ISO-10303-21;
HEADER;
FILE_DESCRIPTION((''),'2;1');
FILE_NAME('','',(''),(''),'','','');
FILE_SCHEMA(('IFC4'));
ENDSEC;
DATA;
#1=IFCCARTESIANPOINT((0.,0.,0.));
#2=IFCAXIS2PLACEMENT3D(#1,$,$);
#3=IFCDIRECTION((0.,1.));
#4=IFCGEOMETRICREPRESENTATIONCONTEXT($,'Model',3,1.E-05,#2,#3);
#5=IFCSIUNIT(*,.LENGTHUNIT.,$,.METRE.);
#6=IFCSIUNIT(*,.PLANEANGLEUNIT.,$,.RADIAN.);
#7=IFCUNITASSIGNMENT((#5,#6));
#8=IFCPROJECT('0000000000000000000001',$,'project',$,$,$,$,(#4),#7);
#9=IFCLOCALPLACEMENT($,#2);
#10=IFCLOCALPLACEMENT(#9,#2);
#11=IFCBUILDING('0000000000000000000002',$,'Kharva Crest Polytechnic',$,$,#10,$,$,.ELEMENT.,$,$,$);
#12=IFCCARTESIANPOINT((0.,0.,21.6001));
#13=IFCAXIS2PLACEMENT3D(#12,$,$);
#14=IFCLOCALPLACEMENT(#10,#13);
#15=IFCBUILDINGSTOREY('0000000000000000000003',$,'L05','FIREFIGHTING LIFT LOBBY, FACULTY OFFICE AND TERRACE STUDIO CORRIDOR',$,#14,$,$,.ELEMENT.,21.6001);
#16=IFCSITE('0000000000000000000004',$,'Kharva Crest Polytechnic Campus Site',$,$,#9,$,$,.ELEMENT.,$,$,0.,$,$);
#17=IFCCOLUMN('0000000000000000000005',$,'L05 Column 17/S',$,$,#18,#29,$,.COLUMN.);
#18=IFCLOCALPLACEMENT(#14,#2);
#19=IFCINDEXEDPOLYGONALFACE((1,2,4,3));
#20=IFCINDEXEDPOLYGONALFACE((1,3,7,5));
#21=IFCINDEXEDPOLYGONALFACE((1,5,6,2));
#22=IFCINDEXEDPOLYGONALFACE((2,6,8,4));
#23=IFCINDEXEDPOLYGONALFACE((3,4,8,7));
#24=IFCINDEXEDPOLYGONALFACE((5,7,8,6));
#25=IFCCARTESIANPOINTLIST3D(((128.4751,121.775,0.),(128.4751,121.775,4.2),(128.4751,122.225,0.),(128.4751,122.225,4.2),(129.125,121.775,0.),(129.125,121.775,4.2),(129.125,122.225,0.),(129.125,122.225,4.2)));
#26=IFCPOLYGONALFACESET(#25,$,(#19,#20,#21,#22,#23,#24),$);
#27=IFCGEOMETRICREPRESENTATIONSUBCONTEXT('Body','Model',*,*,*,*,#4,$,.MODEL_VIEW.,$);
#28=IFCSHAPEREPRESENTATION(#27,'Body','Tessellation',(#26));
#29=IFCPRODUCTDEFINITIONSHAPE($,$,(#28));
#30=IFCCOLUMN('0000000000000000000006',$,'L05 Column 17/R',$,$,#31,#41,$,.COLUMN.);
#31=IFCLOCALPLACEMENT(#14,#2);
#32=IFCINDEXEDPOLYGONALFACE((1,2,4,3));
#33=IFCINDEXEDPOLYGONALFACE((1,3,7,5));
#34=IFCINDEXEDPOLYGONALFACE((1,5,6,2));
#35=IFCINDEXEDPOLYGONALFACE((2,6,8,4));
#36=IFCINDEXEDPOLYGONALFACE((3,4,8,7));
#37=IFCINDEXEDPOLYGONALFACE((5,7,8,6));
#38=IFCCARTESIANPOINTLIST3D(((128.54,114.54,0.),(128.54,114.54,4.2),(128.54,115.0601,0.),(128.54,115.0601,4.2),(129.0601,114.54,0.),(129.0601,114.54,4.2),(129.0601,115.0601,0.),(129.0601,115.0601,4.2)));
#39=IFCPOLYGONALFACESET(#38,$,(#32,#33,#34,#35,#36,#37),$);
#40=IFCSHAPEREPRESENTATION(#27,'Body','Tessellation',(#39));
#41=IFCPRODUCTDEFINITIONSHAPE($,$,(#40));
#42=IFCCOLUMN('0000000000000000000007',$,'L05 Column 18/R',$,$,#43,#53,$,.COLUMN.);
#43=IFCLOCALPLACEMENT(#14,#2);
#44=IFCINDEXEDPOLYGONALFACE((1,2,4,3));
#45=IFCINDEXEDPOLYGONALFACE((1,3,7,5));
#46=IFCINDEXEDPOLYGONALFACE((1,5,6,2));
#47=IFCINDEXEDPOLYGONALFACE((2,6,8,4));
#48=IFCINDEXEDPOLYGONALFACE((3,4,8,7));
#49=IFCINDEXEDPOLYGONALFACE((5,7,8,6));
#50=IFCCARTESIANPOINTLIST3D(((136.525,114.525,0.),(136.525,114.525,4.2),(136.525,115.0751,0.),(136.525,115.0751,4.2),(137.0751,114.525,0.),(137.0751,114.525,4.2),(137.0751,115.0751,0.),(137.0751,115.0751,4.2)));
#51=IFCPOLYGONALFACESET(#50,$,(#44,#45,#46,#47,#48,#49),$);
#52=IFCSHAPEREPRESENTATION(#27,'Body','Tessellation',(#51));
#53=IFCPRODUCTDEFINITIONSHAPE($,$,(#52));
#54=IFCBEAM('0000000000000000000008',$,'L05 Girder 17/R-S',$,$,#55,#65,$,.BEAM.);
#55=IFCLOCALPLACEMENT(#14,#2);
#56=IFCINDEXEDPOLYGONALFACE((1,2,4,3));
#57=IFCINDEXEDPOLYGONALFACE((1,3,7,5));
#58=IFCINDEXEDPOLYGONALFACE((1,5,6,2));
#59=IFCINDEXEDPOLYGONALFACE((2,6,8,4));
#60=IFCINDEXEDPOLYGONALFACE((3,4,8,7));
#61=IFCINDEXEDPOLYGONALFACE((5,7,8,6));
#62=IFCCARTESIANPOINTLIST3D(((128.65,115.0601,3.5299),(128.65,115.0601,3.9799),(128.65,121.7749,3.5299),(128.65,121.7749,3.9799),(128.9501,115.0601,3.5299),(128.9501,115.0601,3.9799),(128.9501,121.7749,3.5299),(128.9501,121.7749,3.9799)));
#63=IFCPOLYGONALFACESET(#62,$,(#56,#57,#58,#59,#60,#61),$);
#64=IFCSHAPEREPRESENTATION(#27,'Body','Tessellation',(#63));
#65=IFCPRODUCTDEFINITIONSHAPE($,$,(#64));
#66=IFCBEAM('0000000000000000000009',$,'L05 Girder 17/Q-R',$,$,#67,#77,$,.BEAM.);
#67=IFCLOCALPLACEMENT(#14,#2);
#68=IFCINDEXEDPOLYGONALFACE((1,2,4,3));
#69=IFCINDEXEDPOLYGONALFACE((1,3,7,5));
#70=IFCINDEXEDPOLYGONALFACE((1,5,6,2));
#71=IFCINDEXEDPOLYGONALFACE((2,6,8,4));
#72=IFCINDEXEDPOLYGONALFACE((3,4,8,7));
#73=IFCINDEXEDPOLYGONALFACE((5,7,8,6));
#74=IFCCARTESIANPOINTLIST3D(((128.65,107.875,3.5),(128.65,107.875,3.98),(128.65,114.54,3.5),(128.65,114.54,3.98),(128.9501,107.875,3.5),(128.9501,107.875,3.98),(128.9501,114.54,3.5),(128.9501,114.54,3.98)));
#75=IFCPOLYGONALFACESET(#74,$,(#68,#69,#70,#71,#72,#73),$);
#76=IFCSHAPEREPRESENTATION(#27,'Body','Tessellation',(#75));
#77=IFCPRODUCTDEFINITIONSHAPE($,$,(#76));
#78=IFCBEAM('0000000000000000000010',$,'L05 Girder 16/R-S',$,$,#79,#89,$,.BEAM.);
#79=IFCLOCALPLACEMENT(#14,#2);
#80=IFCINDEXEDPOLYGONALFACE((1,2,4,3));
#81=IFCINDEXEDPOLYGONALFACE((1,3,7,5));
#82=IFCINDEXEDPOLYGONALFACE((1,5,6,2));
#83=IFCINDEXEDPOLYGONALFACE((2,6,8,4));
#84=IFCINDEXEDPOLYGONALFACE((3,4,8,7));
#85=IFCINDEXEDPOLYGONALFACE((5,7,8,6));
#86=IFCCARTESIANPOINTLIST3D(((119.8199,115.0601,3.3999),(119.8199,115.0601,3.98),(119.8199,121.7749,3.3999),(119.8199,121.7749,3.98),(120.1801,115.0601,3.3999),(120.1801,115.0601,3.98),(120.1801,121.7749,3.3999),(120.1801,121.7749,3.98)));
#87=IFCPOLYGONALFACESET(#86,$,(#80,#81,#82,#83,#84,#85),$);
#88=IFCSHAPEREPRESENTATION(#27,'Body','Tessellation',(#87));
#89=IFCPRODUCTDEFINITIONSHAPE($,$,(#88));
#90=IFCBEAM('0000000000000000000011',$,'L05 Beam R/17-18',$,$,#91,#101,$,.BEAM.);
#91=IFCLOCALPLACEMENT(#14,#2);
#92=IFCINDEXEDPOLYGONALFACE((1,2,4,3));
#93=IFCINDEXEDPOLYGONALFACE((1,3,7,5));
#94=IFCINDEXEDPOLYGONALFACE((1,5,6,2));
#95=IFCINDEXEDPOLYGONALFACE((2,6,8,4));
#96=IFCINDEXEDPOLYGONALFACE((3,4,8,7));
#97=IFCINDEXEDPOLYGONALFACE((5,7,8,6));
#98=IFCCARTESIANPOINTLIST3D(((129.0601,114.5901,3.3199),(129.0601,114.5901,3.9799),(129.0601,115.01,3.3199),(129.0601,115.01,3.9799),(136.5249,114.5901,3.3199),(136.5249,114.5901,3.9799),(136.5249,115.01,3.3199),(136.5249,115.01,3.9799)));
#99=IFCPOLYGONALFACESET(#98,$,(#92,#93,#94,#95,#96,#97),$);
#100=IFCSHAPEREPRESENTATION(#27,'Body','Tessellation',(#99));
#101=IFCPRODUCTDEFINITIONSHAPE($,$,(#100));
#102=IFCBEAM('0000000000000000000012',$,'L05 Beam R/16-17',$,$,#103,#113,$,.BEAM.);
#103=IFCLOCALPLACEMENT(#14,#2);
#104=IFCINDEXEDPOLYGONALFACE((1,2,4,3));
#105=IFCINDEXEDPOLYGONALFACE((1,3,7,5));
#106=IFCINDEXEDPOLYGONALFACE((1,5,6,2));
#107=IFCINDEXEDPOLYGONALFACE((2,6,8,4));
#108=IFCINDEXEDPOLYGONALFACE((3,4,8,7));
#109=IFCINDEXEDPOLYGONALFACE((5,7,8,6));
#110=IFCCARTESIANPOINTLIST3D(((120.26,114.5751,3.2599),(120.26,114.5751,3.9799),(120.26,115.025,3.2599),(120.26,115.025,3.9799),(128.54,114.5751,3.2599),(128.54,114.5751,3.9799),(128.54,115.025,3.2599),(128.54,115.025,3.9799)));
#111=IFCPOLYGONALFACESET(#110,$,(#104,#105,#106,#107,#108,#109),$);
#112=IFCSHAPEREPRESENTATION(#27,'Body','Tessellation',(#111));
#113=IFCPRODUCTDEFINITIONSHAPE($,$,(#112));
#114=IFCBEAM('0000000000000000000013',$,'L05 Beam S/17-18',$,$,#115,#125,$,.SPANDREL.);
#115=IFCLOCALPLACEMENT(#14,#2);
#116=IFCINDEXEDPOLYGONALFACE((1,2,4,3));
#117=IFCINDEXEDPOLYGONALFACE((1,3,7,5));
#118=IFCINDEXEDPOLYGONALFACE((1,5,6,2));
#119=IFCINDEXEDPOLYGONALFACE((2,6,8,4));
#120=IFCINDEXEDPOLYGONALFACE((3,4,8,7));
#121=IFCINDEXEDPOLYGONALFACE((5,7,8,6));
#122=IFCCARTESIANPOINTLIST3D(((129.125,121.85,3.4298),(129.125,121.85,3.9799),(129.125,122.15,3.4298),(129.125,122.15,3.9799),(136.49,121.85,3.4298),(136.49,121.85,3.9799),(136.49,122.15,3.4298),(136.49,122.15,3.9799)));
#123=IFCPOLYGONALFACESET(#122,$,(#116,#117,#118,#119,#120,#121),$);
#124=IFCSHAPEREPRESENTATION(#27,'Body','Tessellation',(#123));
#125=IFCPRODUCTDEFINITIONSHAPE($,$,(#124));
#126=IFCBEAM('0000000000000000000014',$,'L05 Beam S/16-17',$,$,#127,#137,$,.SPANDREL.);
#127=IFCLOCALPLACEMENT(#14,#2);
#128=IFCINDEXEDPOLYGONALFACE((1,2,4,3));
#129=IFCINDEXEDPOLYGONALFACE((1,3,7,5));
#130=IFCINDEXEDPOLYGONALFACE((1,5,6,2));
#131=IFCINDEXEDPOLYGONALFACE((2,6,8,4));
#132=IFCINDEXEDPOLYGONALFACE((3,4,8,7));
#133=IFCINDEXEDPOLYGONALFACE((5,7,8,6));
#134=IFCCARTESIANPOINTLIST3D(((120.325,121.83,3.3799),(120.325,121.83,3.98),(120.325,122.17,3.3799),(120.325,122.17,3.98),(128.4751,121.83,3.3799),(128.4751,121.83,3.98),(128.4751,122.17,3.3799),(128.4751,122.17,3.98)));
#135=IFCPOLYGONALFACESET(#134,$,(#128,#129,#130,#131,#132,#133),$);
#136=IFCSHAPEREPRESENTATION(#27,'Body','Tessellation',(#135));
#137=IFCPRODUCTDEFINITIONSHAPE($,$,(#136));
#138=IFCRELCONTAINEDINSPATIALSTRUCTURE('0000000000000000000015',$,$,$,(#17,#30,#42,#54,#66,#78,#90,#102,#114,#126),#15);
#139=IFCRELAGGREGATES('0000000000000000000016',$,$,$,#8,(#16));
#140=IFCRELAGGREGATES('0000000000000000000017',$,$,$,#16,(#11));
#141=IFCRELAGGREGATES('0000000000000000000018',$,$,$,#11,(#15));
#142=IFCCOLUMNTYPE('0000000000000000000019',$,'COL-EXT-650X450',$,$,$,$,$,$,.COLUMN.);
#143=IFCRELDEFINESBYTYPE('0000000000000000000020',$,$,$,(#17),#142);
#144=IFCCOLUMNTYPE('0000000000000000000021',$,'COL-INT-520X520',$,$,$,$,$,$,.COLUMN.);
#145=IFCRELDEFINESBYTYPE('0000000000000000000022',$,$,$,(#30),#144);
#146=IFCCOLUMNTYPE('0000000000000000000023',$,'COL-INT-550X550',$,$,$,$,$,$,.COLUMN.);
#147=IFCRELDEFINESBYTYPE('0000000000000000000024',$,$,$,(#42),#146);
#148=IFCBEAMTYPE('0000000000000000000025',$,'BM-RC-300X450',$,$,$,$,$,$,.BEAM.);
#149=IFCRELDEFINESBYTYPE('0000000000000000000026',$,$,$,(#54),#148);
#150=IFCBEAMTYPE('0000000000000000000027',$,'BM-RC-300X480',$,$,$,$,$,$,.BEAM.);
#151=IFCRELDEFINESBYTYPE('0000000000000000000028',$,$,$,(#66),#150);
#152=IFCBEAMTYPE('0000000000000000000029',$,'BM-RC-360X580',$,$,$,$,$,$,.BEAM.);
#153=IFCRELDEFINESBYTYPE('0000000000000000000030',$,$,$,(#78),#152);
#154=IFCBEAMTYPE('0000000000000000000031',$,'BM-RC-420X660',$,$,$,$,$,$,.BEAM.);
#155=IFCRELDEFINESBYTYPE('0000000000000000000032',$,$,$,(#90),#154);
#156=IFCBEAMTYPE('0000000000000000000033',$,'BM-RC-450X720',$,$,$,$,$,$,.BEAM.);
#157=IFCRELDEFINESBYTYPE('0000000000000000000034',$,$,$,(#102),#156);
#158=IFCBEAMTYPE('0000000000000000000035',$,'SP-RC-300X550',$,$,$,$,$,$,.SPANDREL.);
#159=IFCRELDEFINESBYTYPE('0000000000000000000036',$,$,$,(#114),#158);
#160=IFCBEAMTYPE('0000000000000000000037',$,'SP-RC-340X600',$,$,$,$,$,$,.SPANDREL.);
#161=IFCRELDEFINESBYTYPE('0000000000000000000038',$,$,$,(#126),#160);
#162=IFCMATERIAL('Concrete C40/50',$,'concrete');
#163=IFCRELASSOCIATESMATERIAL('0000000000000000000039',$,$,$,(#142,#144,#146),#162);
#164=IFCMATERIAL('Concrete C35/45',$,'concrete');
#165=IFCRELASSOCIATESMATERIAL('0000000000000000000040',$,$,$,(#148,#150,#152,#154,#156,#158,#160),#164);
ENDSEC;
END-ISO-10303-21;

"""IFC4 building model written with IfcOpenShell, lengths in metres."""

from ifc_helpers import new_model, si_unit, direction, frame, origin, origin_2d, place, context, subcontext, project, spatial, rectangle, extrude, material, material_profile, profile_set, type_object, element, save


model = new_model("IFC4")

# Units and contexts
model_context = context("Model", 3, precision=1e-05, world=origin(), true_north=direction((0.0, 1.0)))
body_context = subcontext(model_context, "Body", "Model", "MODEL_VIEW")
ifc_project = project(units=[si_unit("LENGTHUNIT", "METRE"), si_unit("PLANEANGLEUNIT", "RADIAN")], contexts=[model_context])

# Site, building, storey
site_placement = place(None, origin())
site = spatial("IfcSite", under=ifc_project, at=site_placement, Name="Kharva Crest Polytechnic Campus Site", CompositionType="ELEMENT", RefElevation=0.0)
building_placement = place(site_placement, origin())
building = spatial("IfcBuilding", under=site, at=building_placement, Name="Kharva Crest Polytechnic", CompositionType="ELEMENT")
storey_placement = place(building_placement, frame((0.0, 0.0, 21.6001)))
storey = spatial("IfcBuildingStorey", under=building, at=storey_placement, Name="L05", Description="FIREFIGHTING LIFT LOBBY, FACULTY OFFICE AND TERRACE STUDIO CORRIDOR", CompositionType="ELEMENT", Elevation=21.6001)

# Columns
ifc_material_1 = material(Name="Concrete C40/50", Category="concrete")
ifc_material_profile_1 = material_profile(ifc_material_1, rectangle(XDim=0.6499, YDim=0.45, at=origin_2d()), Name="RECT 650 X 450")
ifc_profile_set_1 = profile_set([ifc_material_profile_1], Name="Concrete C40/50")
column_type_1 = type_object("IfcColumnType", Name="COL-EXT-650X450", PredefinedType="COLUMN", material=ifc_profile_set_1)
column_1_placement = place(storey_placement, frame((128.8, 122.0, 0.0), z_axis=(0.0, 0.0, 1.0), x_axis=(1.0, 0.0, 0.0)))
element("IfcColumn", 1, at=column_1_placement, inside=storey, type_object=column_type_1, Name="L05 Column 17/S", PredefinedType="COLUMN", context=body_context, shape_type="SweptSolid", body=[
    extrude(rectangle(XDim=0.6499, YDim=0.45, at=origin_2d()), origin(), (0.0, 0.0, 1.0), 4.2),
])
ifc_material_profile_2 = material_profile(ifc_material_1, rectangle(XDim=0.52, YDim=0.52, at=origin_2d()), Name="RECT 520 X 520")
ifc_profile_set_2 = profile_set([ifc_material_profile_2], Name="Concrete C40/50")
column_type_2 = type_object("IfcColumnType", Name="COL-INT-520X520", PredefinedType="COLUMN", material=ifc_profile_set_2)
column_2_placement = place(storey_placement, frame((128.8, 114.8, 0.0), z_axis=(0.0, 0.0, 1.0), x_axis=(1.0, 0.0, 0.0)))
element("IfcColumn", 2, at=column_2_placement, inside=storey, type_object=column_type_2, Name="L05 Column 17/R", PredefinedType="COLUMN", context=body_context, shape_type="SweptSolid", body=[
    extrude(rectangle(XDim=0.52, YDim=0.52, at=origin_2d()), origin(), (0.0, 0.0, 1.0), 4.2),
])
ifc_material_profile_3 = material_profile(ifc_material_1, rectangle(XDim=0.55, YDim=0.55, at=origin_2d()), Name="RECT 550 X 550")
ifc_profile_set_3 = profile_set([ifc_material_profile_3], Name="Concrete C40/50")
column_type_3 = type_object("IfcColumnType", Name="COL-INT-550X550", PredefinedType="COLUMN", material=ifc_profile_set_3)
column_3_placement = place(storey_placement, frame((136.8, 114.8, 0.0), z_axis=(0.0, 0.0, 1.0), x_axis=(1.0, 0.0, 0.0)))
element("IfcColumn", 3, at=column_3_placement, inside=storey, type_object=column_type_3, Name="L05 Column 18/R", PredefinedType="COLUMN", context=body_context, shape_type="SweptSolid", body=[
    extrude(rectangle(XDim=0.55, YDim=0.55, at=origin_2d()), origin(), (0.0, 0.0, 1.0), 4.2),
])

# Beams
ifc_material_2 = material(Name="Concrete C35/45", Category="concrete")
ifc_material_profile_4 = material_profile(ifc_material_2, rectangle(XDim=0.3, YDim=0.45, at=origin_2d()), Name="RECT 300 X 450")
ifc_profile_set_4 = profile_set([ifc_material_profile_4], Name="Concrete C35/45")
beam_type_1 = type_object("IfcBeamType", Name="BM-RC-300X450", PredefinedType="BEAM", material=ifc_profile_set_4)
beam_1_placement = place(storey_placement, frame((128.8, 115.0601, 3.7549), z_axis=(0.0, 1.0, 0.0), x_axis=(-1.0, 0.0, 0.0)))
element("IfcBeam", 4, at=beam_1_placement, inside=storey, type_object=beam_type_1, Name="L05 Girder 17/R-S", PredefinedType="BEAM", context=body_context, shape_type="SweptSolid", body=[
    extrude(rectangle(XDim=0.3, YDim=0.45, at=origin_2d()), origin(), (0.0, 0.0, 1.0), 6.7148),
])
ifc_material_profile_5 = material_profile(ifc_material_2, rectangle(XDim=0.3, YDim=0.48, at=origin_2d()), Name="RECT 300 X 480")
ifc_profile_set_5 = profile_set([ifc_material_profile_5], Name="Concrete C35/45")
beam_type_2 = type_object("IfcBeamType", Name="BM-RC-300X480", PredefinedType="BEAM", material=ifc_profile_set_5)
beam_2_placement = place(storey_placement, frame((128.8, 107.875, 3.74), z_axis=(0.0, 1.0, 0.0), x_axis=(-1.0, 0.0, 0.0)))
element("IfcBeam", 5, at=beam_2_placement, inside=storey, type_object=beam_type_2, Name="L05 Girder 17/Q-R", PredefinedType="BEAM", context=body_context, shape_type="SweptSolid", body=[
    extrude(rectangle(XDim=0.3, YDim=0.48, at=origin_2d()), origin(), (0.0, 0.0, 1.0), 6.665),
])
ifc_material_profile_6 = material_profile(ifc_material_2, rectangle(XDim=0.3601, YDim=0.5801, at=origin_2d()), Name="RECT 360 X 580")
ifc_profile_set_6 = profile_set([ifc_material_profile_6], Name="Concrete C35/45")
beam_type_3 = type_object("IfcBeamType", Name="BM-RC-360X580", PredefinedType="BEAM", material=ifc_profile_set_6)
beam_3_placement = place(storey_placement, frame((120.0, 115.0601, 3.6899), z_axis=(0.0, 1.0, 0.0), x_axis=(-1.0, 0.0, 0.0)))
element("IfcBeam", 6, at=beam_3_placement, inside=storey, type_object=beam_type_3, Name="L05 Girder 16/R-S", PredefinedType="BEAM", context=body_context, shape_type="SweptSolid", body=[
    extrude(rectangle(XDim=0.3601, YDim=0.5801, at=origin_2d()), origin(), (0.0, 0.0, 1.0), 6.7148),
])
ifc_material_profile_7 = material_profile(ifc_material_2, rectangle(XDim=0.4199, YDim=0.6599, at=origin_2d()), Name="RECT 420 X 660")
ifc_profile_set_7 = profile_set([ifc_material_profile_7], Name="Concrete C35/45")
beam_type_4 = type_object("IfcBeamType", Name="BM-RC-420X660", PredefinedType="BEAM", material=ifc_profile_set_7)
beam_4_placement = place(storey_placement, frame((129.0601, 114.8, 3.6499), z_axis=(1.0, 0.0, 0.0), x_axis=(0.0, 1.0, 0.0)))
element("IfcBeam", 7, at=beam_4_placement, inside=storey, type_object=beam_type_4, Name="L05 Beam R/17-18", PredefinedType="BEAM", context=body_context, shape_type="SweptSolid", body=[
    extrude(rectangle(XDim=0.4199, YDim=0.6599, at=origin_2d()), origin(), (0.0, 0.0, 1.0), 7.4648),
])
ifc_material_profile_8 = material_profile(ifc_material_2, rectangle(XDim=0.45, YDim=0.72, at=origin_2d()), Name="RECT 450 X 720")
ifc_profile_set_8 = profile_set([ifc_material_profile_8], Name="Concrete C35/45")
beam_type_5 = type_object("IfcBeamType", Name="BM-RC-450X720", PredefinedType="BEAM", material=ifc_profile_set_8)
beam_5_placement = place(storey_placement, frame((120.26, 114.8, 3.6199), z_axis=(1.0, 0.0, 0.0), x_axis=(0.0, 1.0, 0.0)))
element("IfcBeam", 8, at=beam_5_placement, inside=storey, type_object=beam_type_5, Name="L05 Beam R/16-17", PredefinedType="BEAM", context=body_context, shape_type="SweptSolid", body=[
    extrude(rectangle(XDim=0.45, YDim=0.72, at=origin_2d()), origin(), (0.0, 0.0, 1.0), 8.28),
])
ifc_material_profile_9 = material_profile(ifc_material_2, rectangle(XDim=0.3, YDim=0.55, at=origin_2d()), Name="RECT 300 X 550")
ifc_profile_set_9 = profile_set([ifc_material_profile_9], Name="Concrete C35/45")
beam_type_6 = type_object("IfcBeamType", Name="SP-RC-300X550", PredefinedType="SPANDREL", material=ifc_profile_set_9)
beam_6_placement = place(storey_placement, frame((129.125, 122.0, 3.7048), z_axis=(1.0, 0.0, 0.0), x_axis=(0.0, 1.0, 0.0)))
element("IfcBeam", 9, at=beam_6_placement, inside=storey, type_object=beam_type_6, Name="L05 Beam S/17-18", PredefinedType="SPANDREL", context=body_context, shape_type="SweptSolid", body=[
    extrude(rectangle(XDim=0.3, YDim=0.55, at=origin_2d()), origin(), (0.0, 0.0, 1.0), 7.365),
])
ifc_material_profile_10 = material_profile(ifc_material_2, rectangle(XDim=0.3401, YDim=0.6001, at=origin_2d()), Name="RECT 340 X 600")
ifc_profile_set_10 = profile_set([ifc_material_profile_10], Name="Concrete C35/45")
beam_type_7 = type_object("IfcBeamType", Name="SP-RC-340X600", PredefinedType="SPANDREL", material=ifc_profile_set_10)
beam_7_placement = place(storey_placement, frame((120.325, 122.0, 3.6799), z_axis=(1.0, 0.0, 0.0), x_axis=(0.0, 1.0, 0.0)))
element("IfcBeam", 10, at=beam_7_placement, inside=storey, type_object=beam_type_7, Name="L05 Beam S/16-17", PredefinedType="SPANDREL", context=body_context, shape_type="SweptSolid", body=[
    extrude(rectangle(XDim=0.3401, YDim=0.6001, at=origin_2d()), origin(), (0.0, 0.0, 1.0), 8.1501),
])

save(model, "model.ifc")
